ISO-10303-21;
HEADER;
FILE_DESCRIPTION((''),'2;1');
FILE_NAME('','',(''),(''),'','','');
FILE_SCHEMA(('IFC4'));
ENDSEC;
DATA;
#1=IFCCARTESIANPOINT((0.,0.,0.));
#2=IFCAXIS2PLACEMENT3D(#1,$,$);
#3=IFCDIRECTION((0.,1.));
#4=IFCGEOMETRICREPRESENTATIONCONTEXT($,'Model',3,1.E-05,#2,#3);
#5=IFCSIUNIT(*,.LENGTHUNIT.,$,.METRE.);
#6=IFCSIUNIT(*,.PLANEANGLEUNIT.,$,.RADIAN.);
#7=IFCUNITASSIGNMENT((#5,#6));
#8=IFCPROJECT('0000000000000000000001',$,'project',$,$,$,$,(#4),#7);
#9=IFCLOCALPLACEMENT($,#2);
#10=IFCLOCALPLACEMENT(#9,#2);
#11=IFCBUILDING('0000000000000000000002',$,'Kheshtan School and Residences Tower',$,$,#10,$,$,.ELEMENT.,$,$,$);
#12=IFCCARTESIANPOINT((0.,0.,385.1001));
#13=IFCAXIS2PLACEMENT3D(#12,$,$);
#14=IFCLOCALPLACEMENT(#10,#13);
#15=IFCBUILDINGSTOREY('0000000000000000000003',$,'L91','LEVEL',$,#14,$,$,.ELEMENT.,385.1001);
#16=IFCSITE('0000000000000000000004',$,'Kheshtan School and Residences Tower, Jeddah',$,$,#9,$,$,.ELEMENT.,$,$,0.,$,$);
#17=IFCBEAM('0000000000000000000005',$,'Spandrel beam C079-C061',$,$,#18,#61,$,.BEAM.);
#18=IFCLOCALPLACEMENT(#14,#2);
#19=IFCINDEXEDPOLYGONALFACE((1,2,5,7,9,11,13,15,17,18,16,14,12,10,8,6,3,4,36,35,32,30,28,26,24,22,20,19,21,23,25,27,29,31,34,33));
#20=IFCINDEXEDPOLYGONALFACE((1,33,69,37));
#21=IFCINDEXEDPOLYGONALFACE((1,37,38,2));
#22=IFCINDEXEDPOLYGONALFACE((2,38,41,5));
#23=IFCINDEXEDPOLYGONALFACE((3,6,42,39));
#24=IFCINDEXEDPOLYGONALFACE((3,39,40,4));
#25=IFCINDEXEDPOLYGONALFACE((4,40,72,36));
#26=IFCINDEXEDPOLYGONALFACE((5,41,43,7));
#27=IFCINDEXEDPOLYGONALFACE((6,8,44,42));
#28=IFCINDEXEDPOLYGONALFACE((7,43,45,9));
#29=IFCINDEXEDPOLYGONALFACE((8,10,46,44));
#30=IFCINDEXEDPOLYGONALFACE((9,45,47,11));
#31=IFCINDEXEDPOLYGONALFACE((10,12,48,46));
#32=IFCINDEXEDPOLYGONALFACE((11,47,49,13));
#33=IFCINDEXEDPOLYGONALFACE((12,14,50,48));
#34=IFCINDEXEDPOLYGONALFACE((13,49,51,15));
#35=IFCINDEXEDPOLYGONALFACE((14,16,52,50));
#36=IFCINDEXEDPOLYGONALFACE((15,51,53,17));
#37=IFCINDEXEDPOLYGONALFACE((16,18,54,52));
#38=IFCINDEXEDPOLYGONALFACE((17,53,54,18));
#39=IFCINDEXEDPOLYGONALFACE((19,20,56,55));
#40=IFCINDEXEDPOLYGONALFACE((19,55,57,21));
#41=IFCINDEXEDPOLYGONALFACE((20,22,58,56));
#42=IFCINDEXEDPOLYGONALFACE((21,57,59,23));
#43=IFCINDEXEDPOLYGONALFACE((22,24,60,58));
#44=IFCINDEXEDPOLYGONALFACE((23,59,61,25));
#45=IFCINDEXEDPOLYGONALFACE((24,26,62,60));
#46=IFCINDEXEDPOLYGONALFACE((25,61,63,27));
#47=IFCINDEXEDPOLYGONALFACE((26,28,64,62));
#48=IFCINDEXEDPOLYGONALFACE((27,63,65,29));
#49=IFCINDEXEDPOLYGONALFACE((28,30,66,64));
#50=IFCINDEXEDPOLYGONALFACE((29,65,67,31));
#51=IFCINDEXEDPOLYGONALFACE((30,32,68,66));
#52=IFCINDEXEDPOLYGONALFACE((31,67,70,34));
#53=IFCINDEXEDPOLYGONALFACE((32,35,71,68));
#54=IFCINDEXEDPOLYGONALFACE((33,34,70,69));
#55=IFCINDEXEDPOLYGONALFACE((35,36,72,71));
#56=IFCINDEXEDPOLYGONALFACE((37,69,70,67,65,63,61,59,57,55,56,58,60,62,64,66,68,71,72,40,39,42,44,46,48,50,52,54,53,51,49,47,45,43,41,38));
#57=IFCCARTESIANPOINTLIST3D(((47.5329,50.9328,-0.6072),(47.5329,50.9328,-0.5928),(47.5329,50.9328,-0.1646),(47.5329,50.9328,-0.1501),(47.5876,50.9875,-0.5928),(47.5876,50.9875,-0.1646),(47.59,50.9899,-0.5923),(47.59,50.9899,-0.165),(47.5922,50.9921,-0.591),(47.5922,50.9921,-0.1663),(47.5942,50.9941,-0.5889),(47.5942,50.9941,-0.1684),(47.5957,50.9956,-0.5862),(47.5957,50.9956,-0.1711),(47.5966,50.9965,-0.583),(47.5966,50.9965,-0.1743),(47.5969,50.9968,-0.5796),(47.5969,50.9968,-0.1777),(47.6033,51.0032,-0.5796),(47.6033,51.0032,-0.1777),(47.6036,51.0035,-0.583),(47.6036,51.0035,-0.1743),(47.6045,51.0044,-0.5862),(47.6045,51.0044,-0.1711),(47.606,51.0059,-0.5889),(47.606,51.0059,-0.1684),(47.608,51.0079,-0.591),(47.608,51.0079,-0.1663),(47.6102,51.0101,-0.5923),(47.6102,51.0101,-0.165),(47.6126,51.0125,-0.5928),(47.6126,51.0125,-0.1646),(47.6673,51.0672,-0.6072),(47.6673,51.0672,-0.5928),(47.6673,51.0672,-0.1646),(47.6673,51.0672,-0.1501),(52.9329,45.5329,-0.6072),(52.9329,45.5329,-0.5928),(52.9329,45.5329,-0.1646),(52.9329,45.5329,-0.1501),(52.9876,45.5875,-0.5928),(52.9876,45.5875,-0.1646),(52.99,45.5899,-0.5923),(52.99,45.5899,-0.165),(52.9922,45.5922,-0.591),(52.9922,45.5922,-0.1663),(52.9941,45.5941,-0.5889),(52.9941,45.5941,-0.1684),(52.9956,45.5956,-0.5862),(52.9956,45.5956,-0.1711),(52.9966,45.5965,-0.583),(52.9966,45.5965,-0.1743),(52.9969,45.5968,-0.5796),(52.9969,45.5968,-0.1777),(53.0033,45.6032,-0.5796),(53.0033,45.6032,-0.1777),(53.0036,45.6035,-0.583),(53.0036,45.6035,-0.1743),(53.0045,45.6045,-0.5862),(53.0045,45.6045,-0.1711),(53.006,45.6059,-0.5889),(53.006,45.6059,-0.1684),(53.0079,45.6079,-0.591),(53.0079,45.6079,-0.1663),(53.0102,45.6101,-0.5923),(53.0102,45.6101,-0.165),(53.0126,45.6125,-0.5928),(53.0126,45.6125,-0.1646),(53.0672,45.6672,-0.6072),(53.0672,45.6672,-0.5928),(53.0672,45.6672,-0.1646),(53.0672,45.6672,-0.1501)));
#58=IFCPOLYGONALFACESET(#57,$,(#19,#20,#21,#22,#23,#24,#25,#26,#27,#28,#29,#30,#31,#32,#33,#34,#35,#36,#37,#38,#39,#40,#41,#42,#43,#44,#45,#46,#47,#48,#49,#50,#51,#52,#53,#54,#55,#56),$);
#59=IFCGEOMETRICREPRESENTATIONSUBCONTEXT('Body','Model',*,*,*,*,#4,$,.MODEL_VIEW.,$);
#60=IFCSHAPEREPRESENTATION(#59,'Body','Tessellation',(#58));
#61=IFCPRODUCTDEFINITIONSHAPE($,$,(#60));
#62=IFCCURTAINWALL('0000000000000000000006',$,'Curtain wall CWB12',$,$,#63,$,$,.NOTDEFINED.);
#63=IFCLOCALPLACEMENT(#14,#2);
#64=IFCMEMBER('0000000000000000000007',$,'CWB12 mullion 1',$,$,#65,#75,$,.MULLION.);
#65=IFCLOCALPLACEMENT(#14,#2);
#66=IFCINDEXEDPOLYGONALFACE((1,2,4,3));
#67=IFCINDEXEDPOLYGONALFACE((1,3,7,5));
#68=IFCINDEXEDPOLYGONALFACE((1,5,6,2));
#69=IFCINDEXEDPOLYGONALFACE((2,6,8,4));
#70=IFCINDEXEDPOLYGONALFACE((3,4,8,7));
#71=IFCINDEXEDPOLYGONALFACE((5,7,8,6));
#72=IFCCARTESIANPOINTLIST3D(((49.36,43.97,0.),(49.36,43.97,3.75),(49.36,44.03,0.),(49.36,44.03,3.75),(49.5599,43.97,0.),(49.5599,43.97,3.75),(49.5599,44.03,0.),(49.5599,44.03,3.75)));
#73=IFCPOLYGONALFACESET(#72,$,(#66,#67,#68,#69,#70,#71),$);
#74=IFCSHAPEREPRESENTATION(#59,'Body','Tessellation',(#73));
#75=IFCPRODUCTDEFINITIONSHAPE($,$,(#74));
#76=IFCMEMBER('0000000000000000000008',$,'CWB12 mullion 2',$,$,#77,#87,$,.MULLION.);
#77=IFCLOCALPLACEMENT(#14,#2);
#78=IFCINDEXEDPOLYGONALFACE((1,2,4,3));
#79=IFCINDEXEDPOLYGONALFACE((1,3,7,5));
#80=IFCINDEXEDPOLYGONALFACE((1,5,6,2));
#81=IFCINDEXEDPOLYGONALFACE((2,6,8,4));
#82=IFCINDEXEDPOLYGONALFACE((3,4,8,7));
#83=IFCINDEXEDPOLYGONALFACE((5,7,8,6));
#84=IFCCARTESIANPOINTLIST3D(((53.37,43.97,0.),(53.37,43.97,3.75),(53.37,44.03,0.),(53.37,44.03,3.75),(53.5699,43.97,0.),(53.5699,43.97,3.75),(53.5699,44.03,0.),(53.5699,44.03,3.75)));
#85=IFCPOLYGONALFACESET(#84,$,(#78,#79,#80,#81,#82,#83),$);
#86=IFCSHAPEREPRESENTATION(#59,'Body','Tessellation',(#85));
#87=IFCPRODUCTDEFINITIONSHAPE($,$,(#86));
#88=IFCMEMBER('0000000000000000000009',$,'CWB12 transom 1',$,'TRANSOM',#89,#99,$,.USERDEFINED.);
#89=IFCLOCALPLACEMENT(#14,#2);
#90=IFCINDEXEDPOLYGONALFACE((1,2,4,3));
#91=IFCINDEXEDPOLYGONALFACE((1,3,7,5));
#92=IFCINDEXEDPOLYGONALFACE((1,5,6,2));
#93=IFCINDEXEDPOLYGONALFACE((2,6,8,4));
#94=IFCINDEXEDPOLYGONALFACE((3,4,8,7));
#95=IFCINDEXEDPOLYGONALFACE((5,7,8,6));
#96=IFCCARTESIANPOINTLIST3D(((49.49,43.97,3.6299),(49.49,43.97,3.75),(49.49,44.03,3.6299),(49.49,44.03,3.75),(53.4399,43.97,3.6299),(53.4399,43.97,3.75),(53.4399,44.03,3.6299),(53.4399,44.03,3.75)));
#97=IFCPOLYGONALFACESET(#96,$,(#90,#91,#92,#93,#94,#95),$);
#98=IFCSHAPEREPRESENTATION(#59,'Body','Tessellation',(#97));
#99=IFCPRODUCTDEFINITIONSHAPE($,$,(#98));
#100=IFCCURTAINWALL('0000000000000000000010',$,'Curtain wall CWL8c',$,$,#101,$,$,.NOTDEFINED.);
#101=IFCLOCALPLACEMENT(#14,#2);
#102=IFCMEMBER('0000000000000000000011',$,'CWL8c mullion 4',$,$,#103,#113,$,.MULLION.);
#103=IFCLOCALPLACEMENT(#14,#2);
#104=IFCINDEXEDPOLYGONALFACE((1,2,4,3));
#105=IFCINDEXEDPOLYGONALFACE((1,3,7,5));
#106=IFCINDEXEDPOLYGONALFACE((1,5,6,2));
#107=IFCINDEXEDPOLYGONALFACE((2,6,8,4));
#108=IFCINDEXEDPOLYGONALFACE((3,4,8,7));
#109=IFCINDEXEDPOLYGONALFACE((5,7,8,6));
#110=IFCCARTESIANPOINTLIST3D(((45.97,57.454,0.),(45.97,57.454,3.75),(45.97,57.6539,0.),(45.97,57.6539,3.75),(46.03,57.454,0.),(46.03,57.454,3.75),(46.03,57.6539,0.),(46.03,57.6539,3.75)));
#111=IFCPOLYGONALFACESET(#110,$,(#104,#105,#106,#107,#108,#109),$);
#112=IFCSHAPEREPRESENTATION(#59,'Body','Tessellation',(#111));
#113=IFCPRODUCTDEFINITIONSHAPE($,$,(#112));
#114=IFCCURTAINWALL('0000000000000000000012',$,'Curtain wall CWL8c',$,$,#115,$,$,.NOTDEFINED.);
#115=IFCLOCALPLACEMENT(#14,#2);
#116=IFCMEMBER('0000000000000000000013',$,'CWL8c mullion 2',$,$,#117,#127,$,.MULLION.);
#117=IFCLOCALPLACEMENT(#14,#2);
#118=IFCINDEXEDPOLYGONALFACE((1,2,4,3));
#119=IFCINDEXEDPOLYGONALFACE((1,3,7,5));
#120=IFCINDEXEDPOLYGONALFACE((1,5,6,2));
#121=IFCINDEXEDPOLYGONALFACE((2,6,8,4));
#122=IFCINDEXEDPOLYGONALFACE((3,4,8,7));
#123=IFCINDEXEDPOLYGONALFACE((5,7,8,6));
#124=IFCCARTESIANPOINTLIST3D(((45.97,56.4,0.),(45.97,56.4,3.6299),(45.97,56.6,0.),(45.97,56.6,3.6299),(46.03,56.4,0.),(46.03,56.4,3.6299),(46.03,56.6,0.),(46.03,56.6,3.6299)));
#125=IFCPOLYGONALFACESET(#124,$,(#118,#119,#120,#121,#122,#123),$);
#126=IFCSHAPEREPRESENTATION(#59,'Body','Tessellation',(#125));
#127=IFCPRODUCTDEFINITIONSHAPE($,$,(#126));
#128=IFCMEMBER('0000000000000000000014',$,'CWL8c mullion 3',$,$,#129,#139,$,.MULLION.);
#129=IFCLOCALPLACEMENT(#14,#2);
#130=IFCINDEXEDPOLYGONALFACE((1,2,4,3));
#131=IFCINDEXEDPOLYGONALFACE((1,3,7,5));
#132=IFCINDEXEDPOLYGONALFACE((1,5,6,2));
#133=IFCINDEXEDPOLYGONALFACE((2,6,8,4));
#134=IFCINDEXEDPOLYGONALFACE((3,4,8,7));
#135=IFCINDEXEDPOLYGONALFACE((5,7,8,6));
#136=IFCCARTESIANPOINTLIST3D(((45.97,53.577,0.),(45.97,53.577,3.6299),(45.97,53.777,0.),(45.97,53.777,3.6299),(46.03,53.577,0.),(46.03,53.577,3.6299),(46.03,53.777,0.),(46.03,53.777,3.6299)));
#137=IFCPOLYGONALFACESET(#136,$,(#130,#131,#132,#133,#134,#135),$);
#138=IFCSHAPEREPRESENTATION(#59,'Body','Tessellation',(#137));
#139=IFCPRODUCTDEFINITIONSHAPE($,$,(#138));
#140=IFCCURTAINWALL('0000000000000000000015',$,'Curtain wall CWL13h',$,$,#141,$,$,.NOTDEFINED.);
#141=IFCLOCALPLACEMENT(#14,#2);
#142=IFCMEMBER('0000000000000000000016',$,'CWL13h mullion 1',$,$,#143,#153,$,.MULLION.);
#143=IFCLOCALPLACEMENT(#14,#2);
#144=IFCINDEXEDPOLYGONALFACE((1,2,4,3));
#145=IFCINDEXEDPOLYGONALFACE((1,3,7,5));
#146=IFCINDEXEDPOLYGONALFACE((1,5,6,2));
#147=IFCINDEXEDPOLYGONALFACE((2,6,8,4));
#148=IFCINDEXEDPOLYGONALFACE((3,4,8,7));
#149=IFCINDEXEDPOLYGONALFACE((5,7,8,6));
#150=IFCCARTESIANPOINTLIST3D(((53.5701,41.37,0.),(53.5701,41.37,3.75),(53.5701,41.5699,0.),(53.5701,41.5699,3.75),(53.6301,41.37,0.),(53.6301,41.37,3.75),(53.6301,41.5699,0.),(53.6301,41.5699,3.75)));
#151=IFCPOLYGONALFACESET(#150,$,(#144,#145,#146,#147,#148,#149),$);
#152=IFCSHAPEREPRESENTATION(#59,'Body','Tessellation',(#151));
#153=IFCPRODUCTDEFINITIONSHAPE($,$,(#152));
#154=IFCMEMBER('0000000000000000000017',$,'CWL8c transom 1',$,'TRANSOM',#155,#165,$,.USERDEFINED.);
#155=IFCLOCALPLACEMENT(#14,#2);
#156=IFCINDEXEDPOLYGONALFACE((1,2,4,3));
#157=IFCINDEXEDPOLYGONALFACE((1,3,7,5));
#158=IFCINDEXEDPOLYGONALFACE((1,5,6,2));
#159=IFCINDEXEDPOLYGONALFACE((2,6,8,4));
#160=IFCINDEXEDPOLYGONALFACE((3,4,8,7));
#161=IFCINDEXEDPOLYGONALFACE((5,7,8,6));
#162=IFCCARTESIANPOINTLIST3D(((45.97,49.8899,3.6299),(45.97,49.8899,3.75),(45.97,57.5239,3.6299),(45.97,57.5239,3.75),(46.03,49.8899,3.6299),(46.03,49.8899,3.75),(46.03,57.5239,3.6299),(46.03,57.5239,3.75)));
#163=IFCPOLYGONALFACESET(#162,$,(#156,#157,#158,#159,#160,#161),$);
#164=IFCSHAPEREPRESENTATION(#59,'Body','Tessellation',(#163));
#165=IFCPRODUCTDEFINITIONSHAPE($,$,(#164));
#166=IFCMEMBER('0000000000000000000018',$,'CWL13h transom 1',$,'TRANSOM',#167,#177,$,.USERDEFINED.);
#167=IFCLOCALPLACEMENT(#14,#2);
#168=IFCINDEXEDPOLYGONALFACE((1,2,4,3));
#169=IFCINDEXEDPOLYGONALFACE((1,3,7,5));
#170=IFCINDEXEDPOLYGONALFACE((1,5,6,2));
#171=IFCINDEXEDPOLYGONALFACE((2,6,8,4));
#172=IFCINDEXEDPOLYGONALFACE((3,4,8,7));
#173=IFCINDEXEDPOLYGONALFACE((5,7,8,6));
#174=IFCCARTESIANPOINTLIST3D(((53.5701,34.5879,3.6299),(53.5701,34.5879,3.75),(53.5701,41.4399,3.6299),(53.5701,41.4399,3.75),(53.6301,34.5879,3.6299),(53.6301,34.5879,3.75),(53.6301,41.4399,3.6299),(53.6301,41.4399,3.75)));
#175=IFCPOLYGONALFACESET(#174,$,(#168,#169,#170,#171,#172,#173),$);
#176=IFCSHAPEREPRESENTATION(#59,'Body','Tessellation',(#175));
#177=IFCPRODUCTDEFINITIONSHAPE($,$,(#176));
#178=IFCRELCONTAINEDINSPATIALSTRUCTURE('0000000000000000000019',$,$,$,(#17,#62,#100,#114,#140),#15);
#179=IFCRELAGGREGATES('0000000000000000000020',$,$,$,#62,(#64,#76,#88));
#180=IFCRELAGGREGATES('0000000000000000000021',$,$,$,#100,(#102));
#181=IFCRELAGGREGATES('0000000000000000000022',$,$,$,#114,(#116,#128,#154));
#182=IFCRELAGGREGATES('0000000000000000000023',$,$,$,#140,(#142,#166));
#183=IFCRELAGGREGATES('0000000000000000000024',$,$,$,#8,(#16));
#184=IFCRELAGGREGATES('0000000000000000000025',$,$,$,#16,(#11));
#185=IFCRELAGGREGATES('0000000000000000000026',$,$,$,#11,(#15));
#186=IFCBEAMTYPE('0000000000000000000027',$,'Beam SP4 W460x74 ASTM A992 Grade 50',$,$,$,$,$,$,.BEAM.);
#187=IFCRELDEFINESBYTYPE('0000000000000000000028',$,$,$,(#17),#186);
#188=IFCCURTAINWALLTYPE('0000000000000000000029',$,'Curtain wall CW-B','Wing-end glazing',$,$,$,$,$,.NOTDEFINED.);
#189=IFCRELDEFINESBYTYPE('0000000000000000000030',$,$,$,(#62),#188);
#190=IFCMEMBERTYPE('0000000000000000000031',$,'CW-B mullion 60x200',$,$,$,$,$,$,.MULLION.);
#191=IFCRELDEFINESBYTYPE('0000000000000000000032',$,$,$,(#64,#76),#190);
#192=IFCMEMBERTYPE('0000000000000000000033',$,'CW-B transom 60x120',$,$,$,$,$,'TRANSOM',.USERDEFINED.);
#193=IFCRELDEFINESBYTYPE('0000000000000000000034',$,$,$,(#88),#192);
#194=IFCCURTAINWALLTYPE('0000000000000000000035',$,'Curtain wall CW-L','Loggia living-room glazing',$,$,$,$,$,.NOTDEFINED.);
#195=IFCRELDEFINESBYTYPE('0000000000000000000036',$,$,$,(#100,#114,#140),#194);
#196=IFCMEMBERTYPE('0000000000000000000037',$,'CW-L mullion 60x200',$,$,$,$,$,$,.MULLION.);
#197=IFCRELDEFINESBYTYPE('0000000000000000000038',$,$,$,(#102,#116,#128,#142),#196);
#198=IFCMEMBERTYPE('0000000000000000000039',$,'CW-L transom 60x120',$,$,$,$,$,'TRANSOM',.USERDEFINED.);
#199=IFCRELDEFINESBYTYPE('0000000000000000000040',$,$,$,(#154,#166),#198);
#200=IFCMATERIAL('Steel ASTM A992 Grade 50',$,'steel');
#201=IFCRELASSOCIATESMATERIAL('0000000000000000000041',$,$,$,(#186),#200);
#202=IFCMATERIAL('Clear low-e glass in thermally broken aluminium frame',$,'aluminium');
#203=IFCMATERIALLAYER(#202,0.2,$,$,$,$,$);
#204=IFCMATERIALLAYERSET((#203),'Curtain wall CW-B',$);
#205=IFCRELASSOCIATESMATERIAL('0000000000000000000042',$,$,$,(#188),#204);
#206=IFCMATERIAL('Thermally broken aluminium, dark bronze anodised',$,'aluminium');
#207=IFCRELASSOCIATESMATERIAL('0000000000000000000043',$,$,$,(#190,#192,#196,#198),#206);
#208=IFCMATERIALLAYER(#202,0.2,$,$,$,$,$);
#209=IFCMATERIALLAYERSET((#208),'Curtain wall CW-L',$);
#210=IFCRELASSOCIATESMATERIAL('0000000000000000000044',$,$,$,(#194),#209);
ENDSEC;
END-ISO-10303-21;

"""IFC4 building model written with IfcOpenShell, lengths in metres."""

from ifc_helpers import new_model, si_unit, direction, frame, origin, origin_2d, place, context, subcontext, project, spatial, rectangle, i_section, extrude, material, layer, layer_set, material_profile, profile_set, type_object, element, aggregate, save


model = new_model("IFC4")

# Units and contexts
model_context = context("Model", 3, precision=1e-05, world=origin(), true_north=direction((0.0, 1.0)))
body_context = subcontext(model_context, "Body", "Model", "MODEL_VIEW")
ifc_project = project(units=[si_unit("LENGTHUNIT", "METRE"), si_unit("PLANEANGLEUNIT", "RADIAN")], contexts=[model_context])

# Site, building, storey
site_placement = place(None, origin())
site = spatial("IfcSite", under=ifc_project, at=site_placement, Name="Kheshtan School and Residences Tower, Jeddah", CompositionType="ELEMENT", RefElevation=0.0)
building_placement = place(site_placement, origin())
building = spatial("IfcBuilding", under=site, at=building_placement, Name="Kheshtan School and Residences Tower", CompositionType="ELEMENT")
storey_placement = place(building_placement, frame((0.0, 0.0, 385.1001)))
storey = spatial("IfcBuildingStorey", under=building, at=storey_placement, Name="L91", Description="LEVEL", CompositionType="ELEMENT", Elevation=385.1001)

# Shared definitions
ifc_material_1 = material(Name="Steel ASTM A992 Grade 50", Category="steel")

# Beam
ifc_material_profile_1 = material_profile(ifc_material_1, i_section(OverallWidth=0.1899, OverallDepth=0.457, WebThickness=0.009, FlangeThickness=0.0144, FilletRadius=0.0132, at=origin_2d()), Name="W460x74")
ifc_profile_set_1 = profile_set([ifc_material_profile_1], Name="Steel ASTM A992 Grade 50")
beam_type_1 = type_object("IfcBeamType", Name="Beam SP4 W460x74 ASTM A992 Grade 50", PredefinedType="BEAM", material=ifc_profile_set_1)
beam_1_placement = place(storey_placement, frame((47.6001, 51.0, -0.3787), z_axis=(0.707107, -0.707107, 0.0), x_axis=(0.707107, 0.707107, 0.0)))
element("IfcBeam", 1, at=beam_1_placement, inside=storey, type_object=beam_type_1, Name="Spandrel beam C079-C061", PredefinedType="BEAM", context=body_context, shape_type="SweptSolid", body=[
    extrude(i_section(OverallWidth=0.1899, OverallDepth=0.457, WebThickness=0.009, FlangeThickness=0.0144, FilletRadius=0.0132, at=origin_2d()), origin(), (0.0, 0.0, 1.0), 7.6367),
])

# Curtain wall, members
ifc_material_2 = material(Name="Clear low-e glass in thermally broken aluminium frame", Category="aluminium")
ifc_layer_1 = layer(ifc_material_2, 0.2)
ifc_layer_set_1 = layer_set([ifc_layer_1], Name="Curtain wall CW-B")
curtain_wall_type_1 = type_object("IfcCurtainWallType", Name="Curtain wall CW-B", Description="Wing-end glazing", PredefinedType="NOTDEFINED", material=ifc_layer_set_1)
curtain_wall_1_placement = place(storey_placement, origin())
curtain_wall_1 = element("IfcCurtainWall", 2, at=curtain_wall_1_placement, inside=storey, type_object=curtain_wall_type_1, Name="Curtain wall CWB12", PredefinedType="NOTDEFINED")
ifc_material_3 = material(Name="Thermally broken aluminium, dark bronze anodised", Category="aluminium")
ifc_material_profile_2 = material_profile(ifc_material_3, rectangle(XDim=0.0601, YDim=0.2, at=origin_2d()), Name="CW-B mullion 60x200")
ifc_profile_set_2 = profile_set([ifc_material_profile_2], Name="Thermally broken aluminium, dark bronze anodised")
member_type_1 = type_object("IfcMemberType", Name="CW-B mullion 60x200", PredefinedType="MULLION", material=ifc_profile_set_2)
member_1_placement = place(storey_placement, frame((49.46, 44.0, 0.0), z_axis=(0.0, 0.0, 1.0), x_axis=(0.0, 1.0, 0.0)))
member_1 = element("IfcMember", 3, at=member_1_placement, type_object=member_type_1, Name="CWB12 mullion 1", PredefinedType="MULLION", context=body_context, shape_type="SweptSolid", body=[
    extrude(rectangle(XDim=0.0601, YDim=0.2, at=origin_2d()), origin(), (0.0, 0.0, 1.0), 3.75),
])
member_2_placement = place(storey_placement, frame((53.47, 44.0, 0.0), z_axis=(0.0, 0.0, 1.0), x_axis=(0.0, 1.0, 0.0)))
member_2 = element("IfcMember", 4, at=member_2_placement, type_object=member_type_1, Name="CWB12 mullion 2", PredefinedType="MULLION", context=body_context, shape_type="SweptSolid", body=[
    extrude(rectangle(XDim=0.0601, YDim=0.2, at=origin_2d()), origin(), (0.0, 0.0, 1.0), 3.75),
])
ifc_material_profile_3 = material_profile(ifc_material_3, rectangle(XDim=0.0601, YDim=0.1201, at=origin_2d()), Name="CW-B transom 60x120")
ifc_profile_set_3 = profile_set([ifc_material_profile_3], Name="Thermally broken aluminium, dark bronze anodised")
member_type_2 = type_object("IfcMemberType", Name="CW-B transom 60x120", ElementType="TRANSOM", PredefinedType="USERDEFINED", material=ifc_profile_set_3)
member_3_placement = place(storey_placement, frame((49.49, 44.0, 3.6899), z_axis=(1.0, 0.0, 0.0), x_axis=(0.0, 1.0, 0.0)))
member_3 = element("IfcMember", 5, at=member_3_placement, type_object=member_type_2, Name="CWB12 transom 1", ObjectType="TRANSOM", PredefinedType="USERDEFINED", context=body_context, shape_type="SweptSolid", body=[
    extrude(rectangle(XDim=0.0601, YDim=0.1201, at=origin_2d()), origin(), (0.0, 0.0, 1.0), 3.95),
])

# Curtain wall, member
ifc_layer_2 = layer(ifc_material_2, 0.2)
ifc_layer_set_2 = layer_set([ifc_layer_2], Name="Curtain wall CW-L")
curtain_wall_type_2 = type_object("IfcCurtainWallType", Name="Curtain wall CW-L", Description="Loggia living-room glazing", PredefinedType="NOTDEFINED", material=ifc_layer_set_2)
curtain_wall_2_placement = place(storey_placement, origin())
curtain_wall_2 = element("IfcCurtainWall", 6, at=curtain_wall_2_placement, inside=storey, type_object=curtain_wall_type_2, Name="Curtain wall CWL8c", PredefinedType="NOTDEFINED")
ifc_material_profile_4 = material_profile(ifc_material_3, rectangle(XDim=0.0601, YDim=0.2, at=origin_2d()), Name="CW-L mullion 60x200")
ifc_profile_set_4 = profile_set([ifc_material_profile_4], Name="Thermally broken aluminium, dark bronze anodised")
member_type_3 = type_object("IfcMemberType", Name="CW-L mullion 60x200", PredefinedType="MULLION", material=ifc_profile_set_4)
member_4_placement = place(storey_placement, frame((46.0, 57.554, 0.0), z_axis=(0.0, 0.0, 1.0), x_axis=(1.0, 0.0, 0.0)))
member_4 = element("IfcMember", 7, at=member_4_placement, type_object=member_type_3, Name="CWL8c mullion 4", PredefinedType="MULLION", context=body_context, shape_type="SweptSolid", body=[
    extrude(rectangle(XDim=0.0601, YDim=0.2, at=origin_2d()), origin(), (0.0, 0.0, 1.0), 3.75),
])

# Curtain wall, members
curtain_wall_3_placement = place(storey_placement, origin())
curtain_wall_3 = element("IfcCurtainWall", 8, at=curtain_wall_3_placement, inside=storey, type_object=curtain_wall_type_2, Name="Curtain wall CWL8c", PredefinedType="NOTDEFINED")
member_5_placement = place(storey_placement, frame((46.0, 56.5, 0.0), z_axis=(0.0, 0.0, 1.0), x_axis=(1.0, 0.0, 0.0)))
member_5 = element("IfcMember", 9, at=member_5_placement, type_object=member_type_3, Name="CWL8c mullion 2", PredefinedType="MULLION", context=body_context, shape_type="SweptSolid", body=[
    extrude(rectangle(XDim=0.0601, YDim=0.2, at=origin_2d()), origin(), (0.0, 0.0, 1.0), 3.6299),
])
member_6_placement = place(storey_placement, frame((46.0, 53.677, 0.0), z_axis=(0.0, 0.0, 1.0), x_axis=(1.0, 0.0, 0.0)))
member_6 = element("IfcMember", 10, at=member_6_placement, type_object=member_type_3, Name="CWL8c mullion 3", PredefinedType="MULLION", context=body_context, shape_type="SweptSolid", body=[
    extrude(rectangle(XDim=0.0601, YDim=0.2, at=origin_2d()), origin(), (0.0, 0.0, 1.0), 3.6299),
])

# Curtain wall, member
curtain_wall_4_placement = place(storey_placement, origin())
curtain_wall_4 = element("IfcCurtainWall", 11, at=curtain_wall_4_placement, inside=storey, type_object=curtain_wall_type_2, Name="Curtain wall CWL13h", PredefinedType="NOTDEFINED")
member_7_placement = place(storey_placement, frame((53.6001, 41.47, 0.0), z_axis=(0.0, 0.0, 1.0), x_axis=(1.0, 0.0, 0.0)))
member_7 = element("IfcMember", 12, at=member_7_placement, type_object=member_type_3, Name="CWL13h mullion 1", PredefinedType="MULLION", context=body_context, shape_type="SweptSolid", body=[
    extrude(rectangle(XDim=0.0601, YDim=0.2, at=origin_2d()), origin(), (0.0, 0.0, 1.0), 3.75),
])

# Members
ifc_material_profile_5 = material_profile(ifc_material_3, rectangle(XDim=0.0601, YDim=0.1201, at=origin_2d()), Name="CW-L transom 60x120")
ifc_profile_set_5 = profile_set([ifc_material_profile_5], Name="Thermally broken aluminium, dark bronze anodised")
member_type_4 = type_object("IfcMemberType", Name="CW-L transom 60x120", ElementType="TRANSOM", PredefinedType="USERDEFINED", material=ifc_profile_set_5)
member_8_placement = place(storey_placement, frame((46.0, 57.5239, 3.6899), z_axis=(0.0, -1.0, 0.0), x_axis=(1.0, 0.0, 0.0)))
member_8 = element("IfcMember", 13, at=member_8_placement, type_object=member_type_4, Name="CWL8c transom 1", ObjectType="TRANSOM", PredefinedType="USERDEFINED", context=body_context, shape_type="SweptSolid", body=[
    extrude(rectangle(XDim=0.0601, YDim=0.1201, at=origin_2d()), origin(), (0.0, 0.0, 1.0), 7.634),
])
member_9_placement = place(storey_placement, frame((53.6001, 41.4399, 3.6899), z_axis=(0.0, -1.0, 0.0), x_axis=(1.0, 0.0, 0.0)))
member_9 = element("IfcMember", 14, at=member_9_placement, type_object=member_type_4, Name="CWL13h transom 1", ObjectType="TRANSOM", PredefinedType="USERDEFINED", context=body_context, shape_type="SweptSolid", body=[
    extrude(rectangle(XDim=0.0601, YDim=0.1201, at=origin_2d()), origin(), (0.0, 0.0, 1.0), 6.8521),
])

aggregate(curtain_wall_1, [member_1, member_2, member_3])
aggregate(curtain_wall_2, [member_4])
aggregate(curtain_wall_3, [member_5, member_6, member_8])
aggregate(curtain_wall_4, [member_7, member_9])

save(model, "model.ifc")
